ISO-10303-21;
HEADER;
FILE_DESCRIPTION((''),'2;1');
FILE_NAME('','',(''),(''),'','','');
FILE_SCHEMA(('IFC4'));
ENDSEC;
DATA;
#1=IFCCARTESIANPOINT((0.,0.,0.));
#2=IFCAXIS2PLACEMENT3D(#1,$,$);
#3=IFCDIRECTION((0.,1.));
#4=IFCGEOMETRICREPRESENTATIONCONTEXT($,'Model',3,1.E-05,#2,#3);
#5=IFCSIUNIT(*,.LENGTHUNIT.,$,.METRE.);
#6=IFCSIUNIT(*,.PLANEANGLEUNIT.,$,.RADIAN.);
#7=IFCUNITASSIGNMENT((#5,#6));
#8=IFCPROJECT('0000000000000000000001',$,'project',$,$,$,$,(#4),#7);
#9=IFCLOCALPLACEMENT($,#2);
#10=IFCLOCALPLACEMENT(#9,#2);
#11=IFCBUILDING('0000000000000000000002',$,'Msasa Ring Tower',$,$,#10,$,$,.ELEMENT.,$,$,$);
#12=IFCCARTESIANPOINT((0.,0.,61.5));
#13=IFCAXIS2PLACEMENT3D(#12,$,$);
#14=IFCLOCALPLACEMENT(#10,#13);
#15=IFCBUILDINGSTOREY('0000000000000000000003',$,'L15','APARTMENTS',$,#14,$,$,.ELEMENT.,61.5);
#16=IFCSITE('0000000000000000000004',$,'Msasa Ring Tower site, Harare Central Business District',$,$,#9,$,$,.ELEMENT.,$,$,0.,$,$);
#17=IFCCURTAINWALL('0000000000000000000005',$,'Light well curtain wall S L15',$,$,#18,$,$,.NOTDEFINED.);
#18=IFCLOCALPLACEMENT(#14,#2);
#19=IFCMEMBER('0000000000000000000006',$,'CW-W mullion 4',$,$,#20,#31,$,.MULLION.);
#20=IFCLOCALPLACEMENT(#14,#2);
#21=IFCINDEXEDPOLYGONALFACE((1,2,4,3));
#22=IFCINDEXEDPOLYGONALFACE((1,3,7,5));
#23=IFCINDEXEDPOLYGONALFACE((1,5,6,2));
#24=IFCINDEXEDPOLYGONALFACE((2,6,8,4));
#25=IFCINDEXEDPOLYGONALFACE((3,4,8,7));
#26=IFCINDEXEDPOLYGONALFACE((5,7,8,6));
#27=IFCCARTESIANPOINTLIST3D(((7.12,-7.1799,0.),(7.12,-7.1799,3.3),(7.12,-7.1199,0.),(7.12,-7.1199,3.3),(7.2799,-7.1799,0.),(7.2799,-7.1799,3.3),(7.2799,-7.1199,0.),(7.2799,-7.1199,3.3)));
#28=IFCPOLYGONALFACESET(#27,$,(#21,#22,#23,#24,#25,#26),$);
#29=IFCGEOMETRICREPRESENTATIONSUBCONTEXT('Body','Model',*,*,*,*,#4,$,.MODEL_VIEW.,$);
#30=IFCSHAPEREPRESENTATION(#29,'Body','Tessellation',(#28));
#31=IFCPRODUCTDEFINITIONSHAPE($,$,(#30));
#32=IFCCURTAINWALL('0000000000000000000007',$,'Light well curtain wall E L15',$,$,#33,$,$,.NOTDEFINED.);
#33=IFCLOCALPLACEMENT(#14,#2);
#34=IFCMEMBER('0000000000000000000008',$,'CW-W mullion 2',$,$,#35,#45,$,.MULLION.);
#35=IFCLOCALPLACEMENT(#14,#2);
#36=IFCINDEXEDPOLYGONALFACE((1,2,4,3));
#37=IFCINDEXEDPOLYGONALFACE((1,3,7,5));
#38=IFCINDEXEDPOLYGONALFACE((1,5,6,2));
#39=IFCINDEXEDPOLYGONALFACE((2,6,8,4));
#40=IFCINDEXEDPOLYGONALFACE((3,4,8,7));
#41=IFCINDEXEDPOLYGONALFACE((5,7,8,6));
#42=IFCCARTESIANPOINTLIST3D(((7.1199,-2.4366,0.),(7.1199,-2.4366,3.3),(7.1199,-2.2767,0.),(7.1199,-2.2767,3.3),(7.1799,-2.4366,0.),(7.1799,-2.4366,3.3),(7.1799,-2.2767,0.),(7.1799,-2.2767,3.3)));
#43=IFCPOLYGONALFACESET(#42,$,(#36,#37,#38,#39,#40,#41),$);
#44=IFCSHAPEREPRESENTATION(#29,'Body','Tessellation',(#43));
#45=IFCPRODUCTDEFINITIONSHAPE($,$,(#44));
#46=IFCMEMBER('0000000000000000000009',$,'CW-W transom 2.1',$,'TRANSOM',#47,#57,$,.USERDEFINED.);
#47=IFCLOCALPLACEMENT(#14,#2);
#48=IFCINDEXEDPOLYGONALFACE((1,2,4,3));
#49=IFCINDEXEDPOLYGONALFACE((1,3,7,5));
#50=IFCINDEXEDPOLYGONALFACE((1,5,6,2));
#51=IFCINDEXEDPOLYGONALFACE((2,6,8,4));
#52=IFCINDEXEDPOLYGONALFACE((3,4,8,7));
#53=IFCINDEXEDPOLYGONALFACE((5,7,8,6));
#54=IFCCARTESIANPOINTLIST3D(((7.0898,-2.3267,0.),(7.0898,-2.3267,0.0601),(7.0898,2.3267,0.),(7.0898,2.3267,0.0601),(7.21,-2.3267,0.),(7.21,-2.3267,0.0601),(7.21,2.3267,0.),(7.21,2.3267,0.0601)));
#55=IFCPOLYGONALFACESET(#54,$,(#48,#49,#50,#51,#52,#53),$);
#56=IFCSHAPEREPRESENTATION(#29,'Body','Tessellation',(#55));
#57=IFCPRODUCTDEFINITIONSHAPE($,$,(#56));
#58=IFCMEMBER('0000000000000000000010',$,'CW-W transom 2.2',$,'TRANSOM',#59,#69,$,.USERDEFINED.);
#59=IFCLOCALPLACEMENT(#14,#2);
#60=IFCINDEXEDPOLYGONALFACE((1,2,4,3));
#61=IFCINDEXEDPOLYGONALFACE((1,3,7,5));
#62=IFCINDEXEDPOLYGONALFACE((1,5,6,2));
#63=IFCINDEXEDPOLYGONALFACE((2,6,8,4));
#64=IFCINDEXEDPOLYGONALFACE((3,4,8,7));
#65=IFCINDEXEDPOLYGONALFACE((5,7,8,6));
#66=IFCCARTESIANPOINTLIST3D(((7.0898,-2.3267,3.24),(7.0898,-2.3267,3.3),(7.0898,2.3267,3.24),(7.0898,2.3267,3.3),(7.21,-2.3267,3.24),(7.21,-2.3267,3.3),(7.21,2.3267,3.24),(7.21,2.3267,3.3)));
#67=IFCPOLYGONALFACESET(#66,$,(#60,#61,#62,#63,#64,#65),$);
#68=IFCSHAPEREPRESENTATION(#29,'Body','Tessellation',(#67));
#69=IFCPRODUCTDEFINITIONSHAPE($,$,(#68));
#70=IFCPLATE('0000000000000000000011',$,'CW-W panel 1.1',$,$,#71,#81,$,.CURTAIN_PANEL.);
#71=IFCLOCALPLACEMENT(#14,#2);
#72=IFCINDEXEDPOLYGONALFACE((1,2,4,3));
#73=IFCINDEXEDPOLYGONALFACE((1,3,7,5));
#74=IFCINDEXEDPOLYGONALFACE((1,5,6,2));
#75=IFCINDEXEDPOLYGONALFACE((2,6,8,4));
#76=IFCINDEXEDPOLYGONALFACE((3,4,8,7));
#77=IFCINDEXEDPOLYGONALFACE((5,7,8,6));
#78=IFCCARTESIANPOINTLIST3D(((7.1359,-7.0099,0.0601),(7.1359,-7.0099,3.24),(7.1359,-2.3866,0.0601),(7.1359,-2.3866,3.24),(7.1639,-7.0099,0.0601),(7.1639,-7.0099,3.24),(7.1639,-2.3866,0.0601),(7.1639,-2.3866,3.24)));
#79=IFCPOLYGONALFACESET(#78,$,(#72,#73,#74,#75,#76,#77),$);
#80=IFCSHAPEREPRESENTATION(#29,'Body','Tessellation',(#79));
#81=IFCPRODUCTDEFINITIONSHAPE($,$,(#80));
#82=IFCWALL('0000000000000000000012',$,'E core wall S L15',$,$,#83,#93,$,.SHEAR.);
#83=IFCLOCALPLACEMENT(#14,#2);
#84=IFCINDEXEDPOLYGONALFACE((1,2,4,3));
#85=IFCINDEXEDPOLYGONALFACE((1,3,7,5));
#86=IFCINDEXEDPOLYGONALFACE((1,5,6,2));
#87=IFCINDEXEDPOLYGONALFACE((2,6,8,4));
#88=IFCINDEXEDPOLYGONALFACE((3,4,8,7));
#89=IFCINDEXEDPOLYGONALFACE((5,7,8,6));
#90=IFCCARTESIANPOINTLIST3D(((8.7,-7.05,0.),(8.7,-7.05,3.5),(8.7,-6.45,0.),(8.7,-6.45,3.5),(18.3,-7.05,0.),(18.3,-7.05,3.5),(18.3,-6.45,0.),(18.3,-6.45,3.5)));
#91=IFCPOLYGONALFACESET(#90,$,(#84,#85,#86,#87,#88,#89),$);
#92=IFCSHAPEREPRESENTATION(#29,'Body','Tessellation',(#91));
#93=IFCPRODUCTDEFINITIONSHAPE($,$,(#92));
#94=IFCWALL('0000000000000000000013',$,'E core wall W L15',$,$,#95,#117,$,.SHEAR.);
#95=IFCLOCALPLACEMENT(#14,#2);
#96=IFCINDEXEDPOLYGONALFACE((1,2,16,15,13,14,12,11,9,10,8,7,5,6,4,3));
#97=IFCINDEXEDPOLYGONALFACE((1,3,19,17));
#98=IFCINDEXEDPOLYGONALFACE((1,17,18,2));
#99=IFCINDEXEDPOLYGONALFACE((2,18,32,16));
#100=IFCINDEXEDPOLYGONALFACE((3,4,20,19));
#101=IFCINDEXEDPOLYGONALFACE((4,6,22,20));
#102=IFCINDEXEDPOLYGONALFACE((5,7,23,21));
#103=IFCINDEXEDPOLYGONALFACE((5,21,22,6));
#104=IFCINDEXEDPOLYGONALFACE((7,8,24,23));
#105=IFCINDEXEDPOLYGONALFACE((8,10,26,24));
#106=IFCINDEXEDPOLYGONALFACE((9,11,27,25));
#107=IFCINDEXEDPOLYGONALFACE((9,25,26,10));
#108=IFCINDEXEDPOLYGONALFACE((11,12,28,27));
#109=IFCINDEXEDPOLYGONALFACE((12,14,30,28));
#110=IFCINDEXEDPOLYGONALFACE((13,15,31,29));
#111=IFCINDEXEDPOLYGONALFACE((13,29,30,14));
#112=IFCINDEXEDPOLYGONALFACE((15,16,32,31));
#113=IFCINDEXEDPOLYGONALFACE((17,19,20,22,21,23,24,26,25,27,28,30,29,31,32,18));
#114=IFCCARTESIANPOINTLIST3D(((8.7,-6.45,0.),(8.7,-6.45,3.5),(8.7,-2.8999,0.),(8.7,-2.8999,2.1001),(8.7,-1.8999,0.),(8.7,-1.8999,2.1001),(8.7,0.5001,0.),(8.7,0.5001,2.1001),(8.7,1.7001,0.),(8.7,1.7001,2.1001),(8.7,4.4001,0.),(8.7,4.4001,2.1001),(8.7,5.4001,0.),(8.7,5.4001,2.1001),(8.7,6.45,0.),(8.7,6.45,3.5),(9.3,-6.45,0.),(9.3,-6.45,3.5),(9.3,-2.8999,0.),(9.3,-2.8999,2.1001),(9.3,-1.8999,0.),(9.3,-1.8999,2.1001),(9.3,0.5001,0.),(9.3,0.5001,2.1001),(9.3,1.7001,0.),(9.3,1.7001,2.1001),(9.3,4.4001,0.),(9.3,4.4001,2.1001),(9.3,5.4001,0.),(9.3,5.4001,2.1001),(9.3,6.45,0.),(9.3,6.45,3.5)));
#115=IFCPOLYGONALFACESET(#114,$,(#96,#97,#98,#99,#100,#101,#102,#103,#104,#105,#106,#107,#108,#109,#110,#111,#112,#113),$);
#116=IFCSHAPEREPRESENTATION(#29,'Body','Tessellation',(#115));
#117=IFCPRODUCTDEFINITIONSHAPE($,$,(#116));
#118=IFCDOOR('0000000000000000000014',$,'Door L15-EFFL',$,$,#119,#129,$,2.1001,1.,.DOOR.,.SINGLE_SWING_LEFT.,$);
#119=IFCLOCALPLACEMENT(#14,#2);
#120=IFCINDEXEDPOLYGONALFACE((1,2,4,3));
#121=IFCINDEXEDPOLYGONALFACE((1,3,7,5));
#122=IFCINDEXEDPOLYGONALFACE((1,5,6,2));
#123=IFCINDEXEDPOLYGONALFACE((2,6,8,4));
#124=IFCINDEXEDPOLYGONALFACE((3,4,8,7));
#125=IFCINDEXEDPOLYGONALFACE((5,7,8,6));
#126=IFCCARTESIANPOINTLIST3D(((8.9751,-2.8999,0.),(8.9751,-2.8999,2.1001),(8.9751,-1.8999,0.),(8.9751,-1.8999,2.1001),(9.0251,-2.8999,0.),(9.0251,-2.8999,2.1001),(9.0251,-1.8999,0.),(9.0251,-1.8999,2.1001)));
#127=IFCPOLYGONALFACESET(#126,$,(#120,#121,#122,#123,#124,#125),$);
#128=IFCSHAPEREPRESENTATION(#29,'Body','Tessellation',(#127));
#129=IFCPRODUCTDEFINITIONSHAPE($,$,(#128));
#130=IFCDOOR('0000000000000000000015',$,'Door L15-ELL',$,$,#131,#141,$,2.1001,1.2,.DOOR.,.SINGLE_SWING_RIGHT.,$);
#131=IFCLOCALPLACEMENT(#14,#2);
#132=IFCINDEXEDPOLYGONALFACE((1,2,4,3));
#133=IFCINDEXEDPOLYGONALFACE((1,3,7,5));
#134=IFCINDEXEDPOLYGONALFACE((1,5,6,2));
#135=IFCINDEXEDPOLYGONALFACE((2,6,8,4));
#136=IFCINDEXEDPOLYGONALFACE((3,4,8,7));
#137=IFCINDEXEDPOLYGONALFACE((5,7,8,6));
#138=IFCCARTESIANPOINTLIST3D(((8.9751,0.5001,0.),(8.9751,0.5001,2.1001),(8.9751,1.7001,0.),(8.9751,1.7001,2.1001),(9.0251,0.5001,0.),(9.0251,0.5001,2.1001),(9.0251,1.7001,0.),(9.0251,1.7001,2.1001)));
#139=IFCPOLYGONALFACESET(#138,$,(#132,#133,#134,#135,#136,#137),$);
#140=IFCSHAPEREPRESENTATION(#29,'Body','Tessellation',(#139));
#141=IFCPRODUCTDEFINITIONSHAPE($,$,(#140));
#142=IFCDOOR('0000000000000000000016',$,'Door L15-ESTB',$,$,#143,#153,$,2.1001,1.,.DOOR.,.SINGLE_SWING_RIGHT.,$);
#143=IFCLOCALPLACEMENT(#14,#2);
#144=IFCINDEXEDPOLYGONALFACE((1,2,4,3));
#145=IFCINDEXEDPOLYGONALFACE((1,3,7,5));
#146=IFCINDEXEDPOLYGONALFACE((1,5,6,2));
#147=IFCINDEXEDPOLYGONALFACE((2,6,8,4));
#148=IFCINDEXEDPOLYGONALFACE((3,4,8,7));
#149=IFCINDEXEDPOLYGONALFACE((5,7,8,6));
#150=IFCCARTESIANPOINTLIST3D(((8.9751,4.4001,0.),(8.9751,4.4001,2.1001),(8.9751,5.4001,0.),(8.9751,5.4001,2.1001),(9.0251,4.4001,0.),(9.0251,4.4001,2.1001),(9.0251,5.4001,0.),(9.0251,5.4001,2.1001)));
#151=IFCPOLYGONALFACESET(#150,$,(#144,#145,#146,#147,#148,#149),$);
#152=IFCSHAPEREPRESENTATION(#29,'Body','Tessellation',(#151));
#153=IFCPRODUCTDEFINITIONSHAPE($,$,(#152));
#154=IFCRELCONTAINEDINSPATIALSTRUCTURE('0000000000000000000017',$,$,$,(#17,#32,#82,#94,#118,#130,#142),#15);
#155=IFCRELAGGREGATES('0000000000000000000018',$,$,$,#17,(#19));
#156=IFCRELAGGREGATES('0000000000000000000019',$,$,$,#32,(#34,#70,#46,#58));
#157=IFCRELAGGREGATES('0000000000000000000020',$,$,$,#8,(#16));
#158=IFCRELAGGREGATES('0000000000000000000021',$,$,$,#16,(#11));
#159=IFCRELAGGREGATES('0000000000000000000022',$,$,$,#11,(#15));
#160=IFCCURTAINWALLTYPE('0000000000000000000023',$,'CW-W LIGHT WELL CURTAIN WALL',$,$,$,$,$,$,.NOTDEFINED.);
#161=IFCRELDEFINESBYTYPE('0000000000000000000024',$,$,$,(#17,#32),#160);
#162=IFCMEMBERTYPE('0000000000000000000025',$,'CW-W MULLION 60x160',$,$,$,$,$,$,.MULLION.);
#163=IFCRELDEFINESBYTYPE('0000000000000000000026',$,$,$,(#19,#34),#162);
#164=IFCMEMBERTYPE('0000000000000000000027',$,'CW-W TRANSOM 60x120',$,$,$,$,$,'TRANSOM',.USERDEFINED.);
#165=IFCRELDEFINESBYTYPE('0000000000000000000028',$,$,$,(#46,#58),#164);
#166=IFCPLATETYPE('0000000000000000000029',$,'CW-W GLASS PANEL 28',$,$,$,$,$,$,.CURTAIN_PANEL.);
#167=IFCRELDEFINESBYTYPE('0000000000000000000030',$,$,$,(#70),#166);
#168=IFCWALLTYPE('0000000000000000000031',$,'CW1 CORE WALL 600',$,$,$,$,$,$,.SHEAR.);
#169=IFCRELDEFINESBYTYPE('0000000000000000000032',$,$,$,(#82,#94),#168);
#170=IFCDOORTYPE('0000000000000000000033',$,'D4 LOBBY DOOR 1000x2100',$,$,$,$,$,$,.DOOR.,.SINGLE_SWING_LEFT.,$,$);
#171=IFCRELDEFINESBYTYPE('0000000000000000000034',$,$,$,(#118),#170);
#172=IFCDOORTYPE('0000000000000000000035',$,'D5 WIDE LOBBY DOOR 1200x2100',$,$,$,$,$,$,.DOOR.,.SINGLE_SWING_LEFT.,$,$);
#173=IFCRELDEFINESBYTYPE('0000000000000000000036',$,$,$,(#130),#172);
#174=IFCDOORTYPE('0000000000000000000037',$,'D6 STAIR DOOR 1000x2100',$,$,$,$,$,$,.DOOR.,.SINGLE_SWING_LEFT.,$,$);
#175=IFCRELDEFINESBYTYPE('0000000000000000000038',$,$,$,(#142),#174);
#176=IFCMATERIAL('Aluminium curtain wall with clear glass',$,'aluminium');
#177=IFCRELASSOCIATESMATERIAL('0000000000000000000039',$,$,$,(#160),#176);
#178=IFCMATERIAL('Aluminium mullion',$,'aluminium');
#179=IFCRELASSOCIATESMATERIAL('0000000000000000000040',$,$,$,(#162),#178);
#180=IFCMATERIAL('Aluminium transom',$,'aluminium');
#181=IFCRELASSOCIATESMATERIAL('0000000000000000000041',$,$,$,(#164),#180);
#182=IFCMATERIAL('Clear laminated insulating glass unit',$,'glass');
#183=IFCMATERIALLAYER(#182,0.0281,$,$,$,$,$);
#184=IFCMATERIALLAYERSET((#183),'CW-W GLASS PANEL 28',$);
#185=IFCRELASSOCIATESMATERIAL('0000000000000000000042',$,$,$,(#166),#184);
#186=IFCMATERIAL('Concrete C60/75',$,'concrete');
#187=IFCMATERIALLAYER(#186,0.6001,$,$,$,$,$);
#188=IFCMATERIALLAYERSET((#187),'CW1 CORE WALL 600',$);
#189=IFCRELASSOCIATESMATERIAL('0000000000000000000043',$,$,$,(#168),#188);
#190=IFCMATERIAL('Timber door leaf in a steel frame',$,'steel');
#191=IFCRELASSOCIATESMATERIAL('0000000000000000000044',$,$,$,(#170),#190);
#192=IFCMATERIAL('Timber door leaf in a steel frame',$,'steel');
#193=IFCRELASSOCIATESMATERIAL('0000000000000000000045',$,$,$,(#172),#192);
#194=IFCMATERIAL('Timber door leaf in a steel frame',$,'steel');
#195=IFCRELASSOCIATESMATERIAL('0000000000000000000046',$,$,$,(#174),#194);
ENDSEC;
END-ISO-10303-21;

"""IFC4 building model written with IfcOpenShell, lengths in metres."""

from ifc_helpers import new_model, si_unit, direction, frame, frame_2d, origin, origin_2d, place, context, subcontext, project, spatial, rectangle, extrude, material, layer, layer_set, material_profile, profile_set, type_object, element, fill, aggregate, save


model = new_model("IFC4")

# Units and contexts
model_context = context("Model", 3, precision=1e-05, world=origin(), true_north=direction((0.0, 1.0)))
body_context = subcontext(model_context, "Body", "Model", "MODEL_VIEW")
ifc_project = project(units=[si_unit("LENGTHUNIT", "METRE"), si_unit("PLANEANGLEUNIT", "RADIAN")], contexts=[model_context])

# Site, building, storey
site_placement = place(None, origin())
site = spatial("IfcSite", under=ifc_project, at=site_placement, Name="Msasa Ring Tower site, Harare Central Business District", CompositionType="ELEMENT", RefElevation=0.0)
building_placement = place(site_placement, origin())
building = spatial("IfcBuilding", under=site, at=building_placement, Name="Msasa Ring Tower", CompositionType="ELEMENT")
storey_placement = place(building_placement, frame((0.0, 0.0, 61.5)))
storey = spatial("IfcBuildingStorey", under=building, at=storey_placement, Name="L15", Description="APARTMENTS", CompositionType="ELEMENT", Elevation=61.5)

# Curtain wall, member
ifc_material_1 = material(Name="Aluminium curtain wall with clear glass", Category="aluminium")
curtain_wall_type = type_object("IfcCurtainWallType", Name="CW-W LIGHT WELL CURTAIN WALL", PredefinedType="NOTDEFINED", material=ifc_material_1)
curtain_wall_1_placement = place(storey_placement, origin())
curtain_wall_1 = element("IfcCurtainWall", 1, at=curtain_wall_1_placement, inside=storey, type_object=curtain_wall_type, Name="Light well curtain wall S L15", PredefinedType="NOTDEFINED")
ifc_material_2 = material(Name="Aluminium mullion", Category="aluminium")
ifc_material_profile_1 = material_profile(ifc_material_2, rectangle(XDim=0.0601, YDim=0.1599, at=origin_2d()), Name="AL 60x160")
ifc_profile_set_1 = profile_set([ifc_material_profile_1], Name="Aluminium mullion")
member_type_1 = type_object("IfcMemberType", Name="CW-W MULLION 60x160", PredefinedType="MULLION", material=ifc_profile_set_1)
member_1_placement = place(storey_placement, frame((7.2, -7.1499, 0.0), z_axis=(0.0, 0.0, 1.0), x_axis=(0.0, 1.0, 0.0)))
member_1 = element("IfcMember", 2, at=member_1_placement, type_object=member_type_1, Name="CW-W mullion 4", PredefinedType="MULLION", context=body_context, shape_type="SweptSolid", body=[
    extrude(rectangle(XDim=0.0601, YDim=0.1599, at=origin_2d()), origin(), (0.0, 0.0, 1.0), 3.3),
])
aggregate(curtain_wall_1, [member_1])

# Curtain wall, members, plate
curtain_wall_2_placement = place(storey_placement, origin())
curtain_wall_2 = element("IfcCurtainWall", 3, at=curtain_wall_2_placement, inside=storey, type_object=curtain_wall_type, Name="Light well curtain wall E L15", PredefinedType="NOTDEFINED")
member_2_placement = place(storey_placement, frame((7.1499, -2.3567, 0.0), z_axis=(0.0, 0.0, 1.0), x_axis=(-1.0, 0.0, 0.0)))
member_2 = element("IfcMember", 4, at=member_2_placement, type_object=member_type_1, Name="CW-W mullion 2", PredefinedType="MULLION", context=body_context, shape_type="SweptSolid", body=[
    extrude(rectangle(XDim=0.0601, YDim=0.1599, at=origin_2d()), origin(), (0.0, 0.0, 1.0), 3.3),
])
ifc_material_3 = material(Name="Aluminium transom", Category="aluminium")
ifc_material_profile_2 = material_profile(ifc_material_3, rectangle(XDim=0.1201, YDim=0.0601, at=origin_2d()), Name="AL 60x120")
ifc_profile_set_2 = profile_set([ifc_material_profile_2], Name="Aluminium transom")
member_type_2 = type_object("IfcMemberType", Name="CW-W TRANSOM 60x120", ElementType="TRANSOM", PredefinedType="USERDEFINED", material=ifc_profile_set_2)
member_3_placement = place(storey_placement, frame((7.1499, -2.3267, 0.03), z_axis=(0.0, 1.0, 0.0), x_axis=(-1.0, 0.0, 0.0)))
member_3 = element("IfcMember", 5, at=member_3_placement, type_object=member_type_2, Name="CW-W transom 2.1", ObjectType="TRANSOM", PredefinedType="USERDEFINED", context=body_context, shape_type="SweptSolid", body=[
    extrude(rectangle(XDim=0.1201, YDim=0.0601, at=origin_2d()), origin(), (0.0, 0.0, 1.0), 4.6533),
])
member_4_placement = place(storey_placement, frame((7.1499, -2.3267, 3.27), z_axis=(0.0, 1.0, 0.0), x_axis=(-1.0, 0.0, 0.0)))
member_4 = element("IfcMember", 6, at=member_4_placement, type_object=member_type_2, Name="CW-W transom 2.2", ObjectType="TRANSOM", PredefinedType="USERDEFINED", context=body_context, shape_type="SweptSolid", body=[
    extrude(rectangle(XDim=0.1201, YDim=0.0601, at=origin_2d()), origin(), (0.0, 0.0, 1.0), 4.6533),
])
ifc_material_4 = material(Name="Clear laminated insulating glass unit", Category="glass")
ifc_layer_1 = layer(ifc_material_4, 0.0281)
ifc_layer_set_1 = layer_set([ifc_layer_1], Name="CW-W GLASS PANEL 28")
plate_type = type_object("IfcPlateType", Name="CW-W GLASS PANEL 28", PredefinedType="CURTAIN_PANEL", material=ifc_layer_set_1)
plate_placement = place(storey_placement, frame((7.1499, -4.6982, 0.0601), z_axis=(0.0, 0.0, 1.0), x_axis=(0.0, 1.0, 0.0)))
plate = element("IfcPlate", 7, at=plate_placement, type_object=plate_type, Name="CW-W panel 1.1", PredefinedType="CURTAIN_PANEL", context=body_context, shape_type="SweptSolid", body=[
    extrude(rectangle(XDim=4.6233, YDim=0.0281, at=origin_2d()), origin(), (0.0, 0.0, 1.0), 3.1799),
])
aggregate(curtain_wall_2, [member_2, plate, member_3, member_4])

# Wall
ifc_material_5 = material(Name="Concrete C60/75", Category="concrete")
ifc_layer_2 = layer(ifc_material_5, 0.6001)
ifc_layer_set_2 = layer_set([ifc_layer_2], Name="CW1 CORE WALL 600")
wall_type_1 = type_object("IfcWallType", Name="CW1 CORE WALL 600", PredefinedType="SHEAR", material=ifc_layer_set_2)
wall_1_placement = place(storey_placement, frame((8.7, -6.75, 0.0), z_axis=(0.0, 0.0, 1.0), x_axis=(1.0, 0.0, 0.0)))
element("IfcWall", 8, at=wall_1_placement, inside=storey, type_object=wall_type_1, Name="E core wall S L15", PredefinedType="SHEAR", context=body_context, shape_type="SweptSolid", body=[
    extrude(rectangle(XDim=9.6001, YDim=0.6001, at=frame_2d((4.8, 0.0))), origin(), (0.0, 0.0, 1.0), 3.5),
])

# Wall, openings, doors
wall_2_placement = place(storey_placement, frame((9.0, -6.45, 0.0), z_axis=(0.0, 0.0, 1.0), x_axis=(0.0, 1.0, 0.0)))
wall_2 = element("IfcWall", 9, at=wall_2_placement, inside=storey, type_object=wall_type_1, Name="E core wall W L15", PredefinedType="SHEAR", context=body_context, shape_type="SweptSolid", body=[
    extrude(rectangle(XDim=12.8999, YDim=0.6001, at=frame_2d((6.45, 0.0))), origin(), (0.0, 0.0, 1.0), 3.5),
])
opening_1_placement = place(wall_2_placement, frame((3.55, 0.0, 0.0)))
opening_1 = element("IfcOpeningElement", 10, at=opening_1_placement, cuts=wall_2, PredefinedType="OPENING", context=body_context, shape_type="SweptSolid", body=[
    extrude(rectangle(XDim=1.0, YDim=2.1001, at=frame_2d((0.5, 1.05))), frame((0.0, 0.3101, 0.0), z_axis=(0.0, -1.0, 0.0), x_axis=(1.0, 0.0, 0.0)), (0.0, 0.0, 1.0), 0.6201),
])
opening_2_placement = place(wall_2_placement, frame((6.95, 0.0, 0.0)))
opening_2 = element("IfcOpeningElement", 11, at=opening_2_placement, cuts=wall_2, PredefinedType="OPENING", context=body_context, shape_type="SweptSolid", body=[
    extrude(rectangle(XDim=1.2, YDim=2.1001, at=frame_2d((0.6001, 1.05))), frame((0.0, 0.3101, 0.0), z_axis=(0.0, -1.0, 0.0), x_axis=(1.0, 0.0, 0.0)), (0.0, 0.0, 1.0), 0.6201),
])
opening_3_placement = place(wall_2_placement, frame((10.8501, 0.0, 0.0)))
opening_3 = element("IfcOpeningElement", 12, at=opening_3_placement, cuts=wall_2, PredefinedType="OPENING", context=body_context, shape_type="SweptSolid", body=[
    extrude(rectangle(XDim=1.0, YDim=2.1001, at=frame_2d((0.5, 1.05))), frame((0.0, 0.3101, 0.0), z_axis=(0.0, -1.0, 0.0), x_axis=(1.0, 0.0, 0.0)), (0.0, 0.0, 1.0), 0.6201),
])
ifc_material_6 = material(Name="Timber door leaf in a steel frame", Category="steel")
door_type_1 = type_object("IfcDoorType", Name="D4 LOBBY DOOR 1000x2100", OperationType="SINGLE_SWING_LEFT", PredefinedType="DOOR", material=ifc_material_6)
door_1_placement = place(opening_1_placement, origin())
door_1 = element("IfcDoor", 13, at=door_1_placement, inside=storey, type_object=door_type_1, Name="Door L15-EFFL", OperationType="SINGLE_SWING_LEFT", OverallHeight=2.1001, OverallWidth=1.0, PredefinedType="DOOR", context=body_context, shape_type="SweptSolid", body=[
    extrude(rectangle(XDim=1.0, YDim=2.1001, at=frame_2d((0.5, 1.05))), frame((0.0, 0.0249, 0.0), z_axis=(0.0, -1.0, 0.0), x_axis=(1.0, 0.0, 0.0)), (0.0, 0.0, 1.0), 0.05),
])
fill(opening_1, door_1)
ifc_material_7 = material(Name="Timber door leaf in a steel frame", Category="steel")
door_type_2 = type_object("IfcDoorType", Name="D5 WIDE LOBBY DOOR 1200x2100", OperationType="SINGLE_SWING_LEFT", PredefinedType="DOOR", material=ifc_material_7)
door_2_placement = place(opening_2_placement, origin())
door_2 = element("IfcDoor", 14, at=door_2_placement, inside=storey, type_object=door_type_2, Name="Door L15-ELL", OperationType="SINGLE_SWING_RIGHT", OverallHeight=2.1001, OverallWidth=1.2, PredefinedType="DOOR", context=body_context, shape_type="SweptSolid", body=[
    extrude(rectangle(XDim=1.2, YDim=2.1001, at=frame_2d((0.6001, 1.05))), frame((0.0, 0.0249, 0.0), z_axis=(0.0, -1.0, 0.0), x_axis=(1.0, 0.0, 0.0)), (0.0, 0.0, 1.0), 0.05),
])
fill(opening_2, door_2)
ifc_material_8 = material(Name="Timber door leaf in a steel frame", Category="steel")
door_type_3 = type_object("IfcDoorType", Name="D6 STAIR DOOR 1000x2100", OperationType="SINGLE_SWING_LEFT", PredefinedType="DOOR", material=ifc_material_8)
door_3_placement = place(opening_3_placement, origin())
door_3 = element("IfcDoor", 15, at=door_3_placement, inside=storey, type_object=door_type_3, Name="Door L15-ESTB", OperationType="SINGLE_SWING_RIGHT", OverallHeight=2.1001, OverallWidth=1.0, PredefinedType="DOOR", context=body_context, shape_type="SweptSolid", body=[
    extrude(rectangle(XDim=1.0, YDim=2.1001, at=frame_2d((0.5, 1.05))), frame((0.0, 0.0249, 0.0), z_axis=(0.0, -1.0, 0.0), x_axis=(1.0, 0.0, 0.0)), (0.0, 0.0, 1.0), 0.05),
])
fill(opening_3, door_3)

save(model, "model.ifc")
